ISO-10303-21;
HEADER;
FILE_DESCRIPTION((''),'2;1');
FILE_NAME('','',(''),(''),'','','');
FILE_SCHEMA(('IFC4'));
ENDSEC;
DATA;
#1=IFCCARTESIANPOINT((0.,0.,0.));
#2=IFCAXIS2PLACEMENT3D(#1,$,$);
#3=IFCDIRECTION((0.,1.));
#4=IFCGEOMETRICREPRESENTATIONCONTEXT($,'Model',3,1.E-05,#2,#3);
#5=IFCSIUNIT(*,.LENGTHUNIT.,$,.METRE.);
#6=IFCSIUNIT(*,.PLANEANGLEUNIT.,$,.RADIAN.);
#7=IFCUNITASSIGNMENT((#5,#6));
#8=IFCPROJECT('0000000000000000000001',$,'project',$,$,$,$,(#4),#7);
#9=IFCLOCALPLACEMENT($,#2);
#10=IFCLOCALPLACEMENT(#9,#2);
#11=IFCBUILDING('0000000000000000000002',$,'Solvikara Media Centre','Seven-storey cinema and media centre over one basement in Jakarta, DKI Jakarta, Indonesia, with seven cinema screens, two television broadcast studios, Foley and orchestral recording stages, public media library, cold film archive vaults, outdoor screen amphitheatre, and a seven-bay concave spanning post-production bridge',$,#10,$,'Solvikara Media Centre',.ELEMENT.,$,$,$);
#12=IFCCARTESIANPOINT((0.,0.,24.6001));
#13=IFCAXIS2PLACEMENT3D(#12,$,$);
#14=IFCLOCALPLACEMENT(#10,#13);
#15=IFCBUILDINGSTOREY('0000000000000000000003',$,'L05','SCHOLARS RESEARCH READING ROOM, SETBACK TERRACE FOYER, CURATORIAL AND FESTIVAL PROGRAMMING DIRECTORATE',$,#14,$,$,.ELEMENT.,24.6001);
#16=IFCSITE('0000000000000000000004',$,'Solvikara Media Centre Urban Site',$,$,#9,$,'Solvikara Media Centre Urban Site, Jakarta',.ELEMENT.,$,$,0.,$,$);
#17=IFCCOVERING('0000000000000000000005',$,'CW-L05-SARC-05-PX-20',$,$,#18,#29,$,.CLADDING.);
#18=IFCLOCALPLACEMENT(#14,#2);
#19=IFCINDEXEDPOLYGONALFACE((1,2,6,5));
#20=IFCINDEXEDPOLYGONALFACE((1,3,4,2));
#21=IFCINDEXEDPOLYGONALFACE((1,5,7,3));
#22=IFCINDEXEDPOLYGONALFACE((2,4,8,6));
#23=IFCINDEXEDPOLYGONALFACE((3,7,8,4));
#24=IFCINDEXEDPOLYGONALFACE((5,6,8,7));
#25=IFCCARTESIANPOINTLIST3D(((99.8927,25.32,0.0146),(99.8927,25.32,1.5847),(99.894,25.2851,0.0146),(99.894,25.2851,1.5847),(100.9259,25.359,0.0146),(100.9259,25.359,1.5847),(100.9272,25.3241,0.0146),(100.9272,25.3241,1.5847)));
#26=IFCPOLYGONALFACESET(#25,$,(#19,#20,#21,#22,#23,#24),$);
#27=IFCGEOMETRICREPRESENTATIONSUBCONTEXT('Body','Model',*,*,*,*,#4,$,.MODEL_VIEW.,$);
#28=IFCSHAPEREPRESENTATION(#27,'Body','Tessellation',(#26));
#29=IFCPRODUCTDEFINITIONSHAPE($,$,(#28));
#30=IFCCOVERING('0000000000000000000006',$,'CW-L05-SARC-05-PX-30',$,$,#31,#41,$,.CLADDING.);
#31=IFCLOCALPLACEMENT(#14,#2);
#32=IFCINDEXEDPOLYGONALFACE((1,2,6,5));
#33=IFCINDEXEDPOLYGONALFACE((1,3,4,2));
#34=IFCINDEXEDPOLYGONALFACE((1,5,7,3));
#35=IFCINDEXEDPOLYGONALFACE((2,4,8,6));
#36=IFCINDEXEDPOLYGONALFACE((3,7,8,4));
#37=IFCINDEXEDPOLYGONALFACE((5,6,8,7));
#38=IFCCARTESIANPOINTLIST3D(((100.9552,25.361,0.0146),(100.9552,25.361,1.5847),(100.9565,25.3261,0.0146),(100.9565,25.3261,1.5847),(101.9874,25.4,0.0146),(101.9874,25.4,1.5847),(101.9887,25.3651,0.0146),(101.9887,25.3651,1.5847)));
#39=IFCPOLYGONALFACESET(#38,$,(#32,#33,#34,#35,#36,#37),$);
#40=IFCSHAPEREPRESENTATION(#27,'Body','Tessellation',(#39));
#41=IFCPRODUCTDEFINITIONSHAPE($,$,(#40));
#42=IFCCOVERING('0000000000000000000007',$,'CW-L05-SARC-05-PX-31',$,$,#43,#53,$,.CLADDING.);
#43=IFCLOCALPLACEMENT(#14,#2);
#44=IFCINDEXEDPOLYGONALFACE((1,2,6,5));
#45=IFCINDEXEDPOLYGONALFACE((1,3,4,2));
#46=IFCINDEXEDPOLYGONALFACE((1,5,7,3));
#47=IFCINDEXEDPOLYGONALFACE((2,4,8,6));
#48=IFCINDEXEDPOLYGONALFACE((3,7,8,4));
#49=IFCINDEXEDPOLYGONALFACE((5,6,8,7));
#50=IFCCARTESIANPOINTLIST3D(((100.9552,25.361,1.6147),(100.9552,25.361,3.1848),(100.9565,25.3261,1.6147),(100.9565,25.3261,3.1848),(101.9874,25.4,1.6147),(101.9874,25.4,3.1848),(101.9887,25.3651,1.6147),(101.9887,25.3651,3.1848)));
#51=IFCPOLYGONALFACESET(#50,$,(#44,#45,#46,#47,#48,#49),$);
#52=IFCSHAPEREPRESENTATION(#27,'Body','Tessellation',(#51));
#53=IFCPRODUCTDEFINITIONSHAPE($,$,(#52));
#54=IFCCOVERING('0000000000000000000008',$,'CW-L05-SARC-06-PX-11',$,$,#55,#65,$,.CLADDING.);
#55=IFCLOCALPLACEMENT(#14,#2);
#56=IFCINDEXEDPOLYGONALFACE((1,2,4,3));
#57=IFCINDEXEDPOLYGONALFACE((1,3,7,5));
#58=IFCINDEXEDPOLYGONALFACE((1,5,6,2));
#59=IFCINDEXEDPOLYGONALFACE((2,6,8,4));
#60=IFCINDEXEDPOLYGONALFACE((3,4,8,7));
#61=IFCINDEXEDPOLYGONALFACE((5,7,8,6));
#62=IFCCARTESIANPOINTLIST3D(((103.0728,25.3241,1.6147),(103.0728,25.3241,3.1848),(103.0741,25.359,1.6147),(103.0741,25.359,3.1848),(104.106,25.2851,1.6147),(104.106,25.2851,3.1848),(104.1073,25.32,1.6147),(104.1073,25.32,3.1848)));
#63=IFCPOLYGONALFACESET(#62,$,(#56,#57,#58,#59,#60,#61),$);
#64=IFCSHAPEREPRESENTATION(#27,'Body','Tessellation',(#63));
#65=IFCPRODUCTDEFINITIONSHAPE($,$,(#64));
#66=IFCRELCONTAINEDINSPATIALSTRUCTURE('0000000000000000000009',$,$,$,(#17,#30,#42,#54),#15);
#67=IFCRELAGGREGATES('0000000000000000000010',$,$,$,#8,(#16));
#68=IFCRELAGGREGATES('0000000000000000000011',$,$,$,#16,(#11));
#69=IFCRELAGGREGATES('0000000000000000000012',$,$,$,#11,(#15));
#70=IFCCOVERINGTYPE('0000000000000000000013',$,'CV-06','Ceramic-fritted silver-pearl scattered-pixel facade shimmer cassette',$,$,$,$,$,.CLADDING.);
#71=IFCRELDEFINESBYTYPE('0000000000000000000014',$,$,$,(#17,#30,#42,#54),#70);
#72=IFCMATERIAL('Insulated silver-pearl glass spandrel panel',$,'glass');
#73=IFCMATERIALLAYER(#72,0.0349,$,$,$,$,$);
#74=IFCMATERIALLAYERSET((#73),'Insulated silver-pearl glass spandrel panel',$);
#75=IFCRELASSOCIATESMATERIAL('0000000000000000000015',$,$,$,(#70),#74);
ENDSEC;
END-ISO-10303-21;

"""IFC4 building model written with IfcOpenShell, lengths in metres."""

from ifc_helpers import new_model, si_unit, direction, frame, origin, origin_2d, place, context, subcontext, project, spatial, rectangle, extrude, material, layer, layer_set, type_object, element, save


model = new_model("IFC4")

# Units and contexts
model_context = context("Model", 3, precision=1e-05, world=origin(), true_north=direction((0.0, 1.0)))
body_context = subcontext(model_context, "Body", "Model", "MODEL_VIEW")
ifc_project = project(units=[si_unit("LENGTHUNIT", "METRE"), si_unit("PLANEANGLEUNIT", "RADIAN")], contexts=[model_context])

# Site, building, storey
site_placement = place(None, origin())
site = spatial("IfcSite", under=ifc_project, at=site_placement, Name="Solvikara Media Centre Urban Site", LongName="Solvikara Media Centre Urban Site, Jakarta", CompositionType="ELEMENT", RefElevation=0.0)
building_placement = place(site_placement, origin())
building = spatial("IfcBuilding", under=site, at=building_placement, Name="Solvikara Media Centre", Description="Seven-storey cinema and media centre over one basement in Jakarta, DKI Jakarta, Indonesia, with seven cinema screens, two television broadcast studios, Foley and orchestral recording stages, public media library, cold film archive vaults, outdoor screen amphitheatre, and a seven-bay concave spanning post-production bridge", LongName="Solvikara Media Centre", CompositionType="ELEMENT")
storey_placement = place(building_placement, frame((0.0, 0.0, 24.6001)))
storey = spatial("IfcBuildingStorey", under=building, at=storey_placement, Name="L05", Description="SCHOLARS RESEARCH READING ROOM, SETBACK TERRACE FOYER, CURATORIAL AND FESTIVAL PROGRAMMING DIRECTORATE", CompositionType="ELEMENT", Elevation=24.6001)

# Shared definitions
ifc_material_1 = material(Name="Insulated silver-pearl glass spandrel panel", Category="glass")

# Coverings
ifc_layer_1 = layer(ifc_material_1, 0.0349)
ifc_layer_set_1 = layer_set([ifc_layer_1], Name="Insulated silver-pearl glass spandrel panel")
covering_type_1 = type_object("IfcCoveringType", Name="CV-06", Description="Ceramic-fritted silver-pearl scattered-pixel facade shimmer cassette", PredefinedType="CLADDING", material=ifc_layer_set_1)
covering_1_placement = place(storey_placement, frame((100.4099, 25.322, 0.0146), z_axis=(0.0, 0.0, 1.0), x_axis=(0.999288, 0.037725, 0.0)))
element("IfcCovering", 1, at=covering_1_placement, inside=storey, type_object=covering_type_1, Name="CW-L05-SARC-05-PX-20", PredefinedType="CLADDING", context=body_context, shape_type="SweptSolid", body=[
    extrude(rectangle(XDim=1.0339, YDim=0.0349, at=origin_2d()), origin(), (0.0, 0.0, 1.0), 1.5701),
])
for number, where, z_axis, x_axis, name in (
    (2, (101.4719, 25.363, 0.0146), (0.0, 0.0, 1.0), (0.999287, 0.03776, 0.0), "CW-L05-SARC-05-PX-30"),
    (3, (101.4719, 25.363, 1.6147), (0.0, 0.0, 1.0), (0.999287, 0.03776, 0.0), "CW-L05-SARC-05-PX-31"),
):
    element("IfcCovering", number, at=place(storey_placement, frame(where, z_axis=z_axis, x_axis=x_axis)), inside=storey, type_object=covering_type_1, Name=name, PredefinedType="CLADDING", context=body_context, shape_type="SweptSolid", body=[
        extrude(rectangle(XDim=1.033, YDim=0.0349, at=origin_2d()), origin(), (0.0, 0.0, 1.0), 1.5701),
    ])
covering_2_placement = place(storey_placement, frame((103.5901, 25.322, 1.6147), z_axis=(0.0, 0.0, 1.0), x_axis=(0.999288, -0.037725, 0.0)))
element("IfcCovering", 4, at=covering_2_placement, inside=storey, type_object=covering_type_1, Name="CW-L05-SARC-06-PX-11", PredefinedType="CLADDING", context=body_context, shape_type="SweptSolid", body=[
    extrude(rectangle(XDim=1.0339, YDim=0.0349, at=origin_2d()), origin(), (0.0, 0.0, 1.0), 1.5701),
])

save(model, "model.ifc")
